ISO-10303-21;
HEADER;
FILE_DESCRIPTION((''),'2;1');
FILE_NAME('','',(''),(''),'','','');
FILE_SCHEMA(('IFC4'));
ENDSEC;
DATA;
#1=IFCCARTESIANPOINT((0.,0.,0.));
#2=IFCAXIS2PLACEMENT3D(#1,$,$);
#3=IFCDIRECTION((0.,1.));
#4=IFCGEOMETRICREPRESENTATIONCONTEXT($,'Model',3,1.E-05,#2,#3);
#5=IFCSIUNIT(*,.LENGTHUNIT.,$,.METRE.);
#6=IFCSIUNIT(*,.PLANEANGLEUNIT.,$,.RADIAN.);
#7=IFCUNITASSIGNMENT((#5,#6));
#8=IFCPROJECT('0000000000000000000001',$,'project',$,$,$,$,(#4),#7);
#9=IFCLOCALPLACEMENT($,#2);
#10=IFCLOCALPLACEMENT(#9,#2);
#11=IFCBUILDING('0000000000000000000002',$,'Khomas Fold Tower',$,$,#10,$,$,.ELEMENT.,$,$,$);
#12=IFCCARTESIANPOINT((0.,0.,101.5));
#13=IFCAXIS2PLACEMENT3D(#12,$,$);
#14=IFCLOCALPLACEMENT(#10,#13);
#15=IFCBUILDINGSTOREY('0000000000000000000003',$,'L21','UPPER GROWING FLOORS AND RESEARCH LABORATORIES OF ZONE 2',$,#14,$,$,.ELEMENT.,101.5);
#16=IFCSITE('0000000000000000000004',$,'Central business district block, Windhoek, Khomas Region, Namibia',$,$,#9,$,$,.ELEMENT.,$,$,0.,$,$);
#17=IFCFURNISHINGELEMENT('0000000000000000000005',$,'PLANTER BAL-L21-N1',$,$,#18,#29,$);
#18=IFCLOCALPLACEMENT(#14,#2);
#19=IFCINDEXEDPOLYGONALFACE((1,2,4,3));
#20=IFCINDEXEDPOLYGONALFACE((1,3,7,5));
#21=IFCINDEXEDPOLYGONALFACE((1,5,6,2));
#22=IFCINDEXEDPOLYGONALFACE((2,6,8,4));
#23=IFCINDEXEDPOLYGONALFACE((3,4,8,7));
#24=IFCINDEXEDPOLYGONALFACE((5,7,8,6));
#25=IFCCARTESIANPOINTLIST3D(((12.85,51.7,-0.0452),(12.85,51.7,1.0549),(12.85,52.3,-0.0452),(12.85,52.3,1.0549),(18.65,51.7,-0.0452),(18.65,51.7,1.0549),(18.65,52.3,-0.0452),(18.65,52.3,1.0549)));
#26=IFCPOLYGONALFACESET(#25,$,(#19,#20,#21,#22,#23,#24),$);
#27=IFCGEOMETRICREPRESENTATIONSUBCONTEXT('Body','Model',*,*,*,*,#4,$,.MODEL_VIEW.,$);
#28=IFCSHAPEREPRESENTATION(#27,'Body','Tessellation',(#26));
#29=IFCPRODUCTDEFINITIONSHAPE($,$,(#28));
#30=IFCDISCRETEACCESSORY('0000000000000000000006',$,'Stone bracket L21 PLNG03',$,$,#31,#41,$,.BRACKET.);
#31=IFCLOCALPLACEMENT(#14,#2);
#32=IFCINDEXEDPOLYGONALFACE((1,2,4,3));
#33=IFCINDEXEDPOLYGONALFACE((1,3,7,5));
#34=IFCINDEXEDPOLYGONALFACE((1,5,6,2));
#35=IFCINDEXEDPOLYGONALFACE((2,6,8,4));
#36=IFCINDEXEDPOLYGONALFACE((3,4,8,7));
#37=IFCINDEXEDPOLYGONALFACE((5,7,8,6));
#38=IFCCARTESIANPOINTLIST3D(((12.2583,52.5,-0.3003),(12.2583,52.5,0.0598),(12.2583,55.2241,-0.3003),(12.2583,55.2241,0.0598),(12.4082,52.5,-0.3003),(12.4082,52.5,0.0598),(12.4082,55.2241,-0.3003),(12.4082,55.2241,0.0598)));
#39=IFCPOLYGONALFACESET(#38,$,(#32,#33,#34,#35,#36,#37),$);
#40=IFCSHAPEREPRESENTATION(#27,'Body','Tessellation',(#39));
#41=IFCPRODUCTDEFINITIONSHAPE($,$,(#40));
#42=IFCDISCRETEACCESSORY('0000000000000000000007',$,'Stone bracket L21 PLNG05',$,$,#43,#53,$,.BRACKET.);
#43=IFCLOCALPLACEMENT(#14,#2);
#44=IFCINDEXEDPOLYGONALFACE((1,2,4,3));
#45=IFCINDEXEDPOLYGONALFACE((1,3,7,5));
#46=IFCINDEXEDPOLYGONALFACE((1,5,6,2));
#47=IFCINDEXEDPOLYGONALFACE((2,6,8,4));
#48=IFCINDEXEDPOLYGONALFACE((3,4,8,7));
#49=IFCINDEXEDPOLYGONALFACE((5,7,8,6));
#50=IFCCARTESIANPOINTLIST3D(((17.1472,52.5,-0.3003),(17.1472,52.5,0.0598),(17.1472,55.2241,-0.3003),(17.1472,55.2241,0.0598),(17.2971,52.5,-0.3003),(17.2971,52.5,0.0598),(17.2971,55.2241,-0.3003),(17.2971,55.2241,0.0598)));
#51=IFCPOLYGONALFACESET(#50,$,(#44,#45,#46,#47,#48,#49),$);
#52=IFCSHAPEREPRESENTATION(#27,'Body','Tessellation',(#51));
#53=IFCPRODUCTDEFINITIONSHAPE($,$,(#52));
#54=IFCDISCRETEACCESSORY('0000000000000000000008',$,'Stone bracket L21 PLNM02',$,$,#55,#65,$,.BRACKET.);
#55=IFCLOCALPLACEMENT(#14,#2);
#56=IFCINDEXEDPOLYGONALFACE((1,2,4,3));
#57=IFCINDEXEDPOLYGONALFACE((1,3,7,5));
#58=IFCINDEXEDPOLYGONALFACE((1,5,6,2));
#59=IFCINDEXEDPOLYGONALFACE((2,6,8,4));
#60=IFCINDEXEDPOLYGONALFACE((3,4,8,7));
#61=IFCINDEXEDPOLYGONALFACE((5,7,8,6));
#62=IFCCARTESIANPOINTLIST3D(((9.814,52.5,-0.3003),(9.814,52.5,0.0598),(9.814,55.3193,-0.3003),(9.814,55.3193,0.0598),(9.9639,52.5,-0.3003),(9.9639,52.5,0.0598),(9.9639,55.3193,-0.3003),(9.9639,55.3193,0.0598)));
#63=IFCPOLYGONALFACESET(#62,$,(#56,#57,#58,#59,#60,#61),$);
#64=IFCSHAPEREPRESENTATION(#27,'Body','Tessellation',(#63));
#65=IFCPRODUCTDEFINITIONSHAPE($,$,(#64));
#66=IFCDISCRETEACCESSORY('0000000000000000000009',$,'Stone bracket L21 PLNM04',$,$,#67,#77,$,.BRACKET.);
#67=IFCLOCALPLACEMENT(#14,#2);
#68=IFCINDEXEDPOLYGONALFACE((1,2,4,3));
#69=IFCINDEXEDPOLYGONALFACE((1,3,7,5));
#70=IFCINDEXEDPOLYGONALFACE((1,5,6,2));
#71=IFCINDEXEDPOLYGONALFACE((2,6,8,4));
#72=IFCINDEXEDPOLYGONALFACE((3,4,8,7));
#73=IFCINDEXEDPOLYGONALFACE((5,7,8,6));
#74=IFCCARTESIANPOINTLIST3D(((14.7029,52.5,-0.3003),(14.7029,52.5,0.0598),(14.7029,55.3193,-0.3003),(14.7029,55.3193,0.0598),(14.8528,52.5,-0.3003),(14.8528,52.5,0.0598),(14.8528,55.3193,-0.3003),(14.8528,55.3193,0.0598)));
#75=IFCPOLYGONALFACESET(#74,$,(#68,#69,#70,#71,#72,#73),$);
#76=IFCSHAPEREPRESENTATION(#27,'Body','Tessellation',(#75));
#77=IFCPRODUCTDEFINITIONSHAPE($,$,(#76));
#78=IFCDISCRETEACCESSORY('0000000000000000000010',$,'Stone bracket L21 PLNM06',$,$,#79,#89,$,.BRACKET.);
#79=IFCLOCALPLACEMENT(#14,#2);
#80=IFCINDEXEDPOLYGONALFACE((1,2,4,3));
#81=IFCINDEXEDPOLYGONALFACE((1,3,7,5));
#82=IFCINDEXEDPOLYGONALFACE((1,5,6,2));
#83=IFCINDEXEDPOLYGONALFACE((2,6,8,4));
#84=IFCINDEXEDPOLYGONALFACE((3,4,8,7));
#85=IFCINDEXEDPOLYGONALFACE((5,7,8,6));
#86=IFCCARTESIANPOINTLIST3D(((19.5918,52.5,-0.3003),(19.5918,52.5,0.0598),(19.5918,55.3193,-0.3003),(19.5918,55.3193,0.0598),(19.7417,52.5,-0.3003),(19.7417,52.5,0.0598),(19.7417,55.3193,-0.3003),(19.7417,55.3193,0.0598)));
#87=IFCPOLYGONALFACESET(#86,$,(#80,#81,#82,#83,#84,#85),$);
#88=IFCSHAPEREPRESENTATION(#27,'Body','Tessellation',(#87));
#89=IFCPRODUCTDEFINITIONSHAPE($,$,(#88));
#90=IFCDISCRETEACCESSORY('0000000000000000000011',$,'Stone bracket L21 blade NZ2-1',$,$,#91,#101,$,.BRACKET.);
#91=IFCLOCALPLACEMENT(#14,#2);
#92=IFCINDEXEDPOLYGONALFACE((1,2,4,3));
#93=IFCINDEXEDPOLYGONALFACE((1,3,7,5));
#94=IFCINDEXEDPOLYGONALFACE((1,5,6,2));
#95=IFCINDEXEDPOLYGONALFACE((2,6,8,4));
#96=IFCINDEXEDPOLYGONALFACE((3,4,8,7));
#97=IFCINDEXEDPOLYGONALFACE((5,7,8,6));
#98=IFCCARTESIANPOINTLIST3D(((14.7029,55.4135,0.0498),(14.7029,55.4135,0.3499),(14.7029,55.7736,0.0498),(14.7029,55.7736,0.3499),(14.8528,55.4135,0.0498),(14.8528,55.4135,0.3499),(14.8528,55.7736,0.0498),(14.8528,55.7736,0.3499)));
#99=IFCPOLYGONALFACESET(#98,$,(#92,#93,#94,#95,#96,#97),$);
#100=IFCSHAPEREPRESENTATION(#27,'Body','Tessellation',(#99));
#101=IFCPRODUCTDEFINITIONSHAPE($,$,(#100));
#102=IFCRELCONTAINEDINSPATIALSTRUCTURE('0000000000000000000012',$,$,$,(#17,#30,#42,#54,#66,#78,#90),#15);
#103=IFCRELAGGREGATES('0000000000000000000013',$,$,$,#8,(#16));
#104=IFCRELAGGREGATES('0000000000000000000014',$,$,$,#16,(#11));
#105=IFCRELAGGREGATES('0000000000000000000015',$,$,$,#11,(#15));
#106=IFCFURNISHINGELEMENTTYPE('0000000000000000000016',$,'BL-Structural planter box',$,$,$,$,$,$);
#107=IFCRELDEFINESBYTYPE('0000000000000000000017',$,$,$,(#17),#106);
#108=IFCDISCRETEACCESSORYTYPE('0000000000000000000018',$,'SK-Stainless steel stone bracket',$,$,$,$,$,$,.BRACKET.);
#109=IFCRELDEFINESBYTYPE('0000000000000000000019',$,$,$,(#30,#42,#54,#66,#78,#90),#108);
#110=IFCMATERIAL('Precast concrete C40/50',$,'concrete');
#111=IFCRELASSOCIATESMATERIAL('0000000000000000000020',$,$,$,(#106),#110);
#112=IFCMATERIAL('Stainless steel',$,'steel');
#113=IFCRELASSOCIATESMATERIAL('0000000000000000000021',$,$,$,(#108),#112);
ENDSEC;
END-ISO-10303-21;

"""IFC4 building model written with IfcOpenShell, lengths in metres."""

from ifc_helpers import new_model, si_unit, direction, frame, origin, origin_2d, place, context, subcontext, project, spatial, rectangle, extrude, source, transform, mapped, material, type_object, element, save


model = new_model("IFC4")

# Units and contexts
model_context = context("Model", 3, precision=1e-05, world=origin(), true_north=direction((0.0, 1.0)))
body_context = subcontext(model_context, "Body", "Model", "MODEL_VIEW")
ifc_project = project(units=[si_unit("LENGTHUNIT", "METRE"), si_unit("PLANEANGLEUNIT", "RADIAN")], contexts=[model_context])

# Site, building, storey
site_placement = place(None, origin())
site = spatial("IfcSite", under=ifc_project, at=site_placement, Name="Central business district block, Windhoek, Khomas Region, Namibia", CompositionType="ELEMENT", RefElevation=0.0)
building_placement = place(site_placement, origin())
building = spatial("IfcBuilding", under=site, at=building_placement, Name="Khomas Fold Tower", CompositionType="ELEMENT")
storey_placement = place(building_placement, frame((0.0, 0.0, 101.5)))
storey = spatial("IfcBuildingStorey", under=building, at=storey_placement, Name="L21", Description="UPPER GROWING FLOORS AND RESEARCH LABORATORIES OF ZONE 2", CompositionType="ELEMENT", Elevation=101.5)

# Furnishing element
ifc_material_1 = material(Name="Precast concrete C40/50", Category="concrete")
furnishing_element_type_1 = type_object("IfcFurnishingElementType", Name="BL-Structural planter box", material=ifc_material_1)
shared_shape_1 = source(origin(), body_context, "Body", "SweptSolid", [
    extrude(rectangle(XDim=5.8, YDim=0.6001, at=origin_2d()), origin(), (0.0, 0.0, 1.0), 1.1001),
])
furnishing_1_placement = place(storey_placement, frame((15.75, 52.0, -0.0452), z_axis=(0.0, 0.0, 1.0), x_axis=(1.0, 0.0, 0.0)))
element("IfcFurnishingElement", 1, at=furnishing_1_placement, inside=storey, type_object=furnishing_element_type_1, Name="PLANTER BAL-L21-N1", context=body_context, shape_type="MappedRepresentation", body=[
    mapped(shared_shape_1, transform((0.0, 0.0, 0.0))),
])

# Discrete accessories
ifc_material_2 = material(Name="Stainless steel", Category="steel")
discrete_accessory_type = type_object("IfcDiscreteAccessoryType", Name="SK-Stainless steel stone bracket", PredefinedType="BRACKET", material=ifc_material_2)
shared_shape_2 = source(origin(), body_context, "Body", "SweptSolid", [
    extrude(rectangle(XDim=2.7241, YDim=0.1499, at=origin_2d()), origin(), (0.0, 0.0, 1.0), 0.3601),
])
for number, where, z_axis, x_axis, name in (
    (2, (12.3333, 53.8621, -0.3003), (0.0, 0.0, 1.0), (0.0, 1.0, 0.0), "Stone bracket L21 PLNG03"),
    (3, (17.2222, 53.8621, -0.3003), (0.0, 0.0, 1.0), (0.0, 1.0, 0.0), "Stone bracket L21 PLNG05"),
):
    element("IfcDiscreteAccessory", number, at=place(storey_placement, frame(where, z_axis=z_axis, x_axis=x_axis)), inside=storey, type_object=discrete_accessory_type, Name=name, PredefinedType="BRACKET", context=body_context, shape_type="MappedRepresentation", body=[
        mapped(shared_shape_2, transform((0.0, 0.0, 0.0))),
    ])
shared_shape_3 = source(origin(), body_context, "Body", "SweptSolid", [
    extrude(rectangle(XDim=2.8193, YDim=0.1499, at=origin_2d()), origin(), (0.0, 0.0, 1.0), 0.3601),
])
for number, where, z_axis, x_axis, name in (
    (4, (9.8889, 53.9097, -0.3003), (0.0, 0.0, 1.0), (0.0, 1.0, 0.0), "Stone bracket L21 PLNM02"),
    (5, (14.7778, 53.9097, -0.3003), (0.0, 0.0, 1.0), (0.0, 1.0, 0.0), "Stone bracket L21 PLNM04"),
    (6, (19.6667, 53.9097, -0.3003), (0.0, 0.0, 1.0), (0.0, 1.0, 0.0), "Stone bracket L21 PLNM06"),
):
    element("IfcDiscreteAccessory", number, at=place(storey_placement, frame(where, z_axis=z_axis, x_axis=x_axis)), inside=storey, type_object=discrete_accessory_type, Name=name, PredefinedType="BRACKET", context=body_context, shape_type="MappedRepresentation", body=[
        mapped(shared_shape_3, transform((0.0, 0.0, 0.0))),
    ])
shared_shape_4 = source(origin(), body_context, "Body", "SweptSolid", [
    extrude(rectangle(XDim=0.3601, YDim=0.1499, at=origin_2d()), origin(), (0.0, 0.0, 1.0), 0.3),
])
discrete_accessory_placement = place(storey_placement, frame((14.7778, 55.5935, 0.0498), z_axis=(0.0, 0.0, 1.0), x_axis=(0.0, 1.0, 0.0)))
element("IfcDiscreteAccessory", 7, at=discrete_accessory_placement, inside=storey, type_object=discrete_accessory_type, Name="Stone bracket L21 blade NZ2-1", PredefinedType="BRACKET", context=body_context, shape_type="MappedRepresentation", body=[
    mapped(shared_shape_4, transform((0.0, 0.0, 0.0))),
])

save(model, "model.ifc")
